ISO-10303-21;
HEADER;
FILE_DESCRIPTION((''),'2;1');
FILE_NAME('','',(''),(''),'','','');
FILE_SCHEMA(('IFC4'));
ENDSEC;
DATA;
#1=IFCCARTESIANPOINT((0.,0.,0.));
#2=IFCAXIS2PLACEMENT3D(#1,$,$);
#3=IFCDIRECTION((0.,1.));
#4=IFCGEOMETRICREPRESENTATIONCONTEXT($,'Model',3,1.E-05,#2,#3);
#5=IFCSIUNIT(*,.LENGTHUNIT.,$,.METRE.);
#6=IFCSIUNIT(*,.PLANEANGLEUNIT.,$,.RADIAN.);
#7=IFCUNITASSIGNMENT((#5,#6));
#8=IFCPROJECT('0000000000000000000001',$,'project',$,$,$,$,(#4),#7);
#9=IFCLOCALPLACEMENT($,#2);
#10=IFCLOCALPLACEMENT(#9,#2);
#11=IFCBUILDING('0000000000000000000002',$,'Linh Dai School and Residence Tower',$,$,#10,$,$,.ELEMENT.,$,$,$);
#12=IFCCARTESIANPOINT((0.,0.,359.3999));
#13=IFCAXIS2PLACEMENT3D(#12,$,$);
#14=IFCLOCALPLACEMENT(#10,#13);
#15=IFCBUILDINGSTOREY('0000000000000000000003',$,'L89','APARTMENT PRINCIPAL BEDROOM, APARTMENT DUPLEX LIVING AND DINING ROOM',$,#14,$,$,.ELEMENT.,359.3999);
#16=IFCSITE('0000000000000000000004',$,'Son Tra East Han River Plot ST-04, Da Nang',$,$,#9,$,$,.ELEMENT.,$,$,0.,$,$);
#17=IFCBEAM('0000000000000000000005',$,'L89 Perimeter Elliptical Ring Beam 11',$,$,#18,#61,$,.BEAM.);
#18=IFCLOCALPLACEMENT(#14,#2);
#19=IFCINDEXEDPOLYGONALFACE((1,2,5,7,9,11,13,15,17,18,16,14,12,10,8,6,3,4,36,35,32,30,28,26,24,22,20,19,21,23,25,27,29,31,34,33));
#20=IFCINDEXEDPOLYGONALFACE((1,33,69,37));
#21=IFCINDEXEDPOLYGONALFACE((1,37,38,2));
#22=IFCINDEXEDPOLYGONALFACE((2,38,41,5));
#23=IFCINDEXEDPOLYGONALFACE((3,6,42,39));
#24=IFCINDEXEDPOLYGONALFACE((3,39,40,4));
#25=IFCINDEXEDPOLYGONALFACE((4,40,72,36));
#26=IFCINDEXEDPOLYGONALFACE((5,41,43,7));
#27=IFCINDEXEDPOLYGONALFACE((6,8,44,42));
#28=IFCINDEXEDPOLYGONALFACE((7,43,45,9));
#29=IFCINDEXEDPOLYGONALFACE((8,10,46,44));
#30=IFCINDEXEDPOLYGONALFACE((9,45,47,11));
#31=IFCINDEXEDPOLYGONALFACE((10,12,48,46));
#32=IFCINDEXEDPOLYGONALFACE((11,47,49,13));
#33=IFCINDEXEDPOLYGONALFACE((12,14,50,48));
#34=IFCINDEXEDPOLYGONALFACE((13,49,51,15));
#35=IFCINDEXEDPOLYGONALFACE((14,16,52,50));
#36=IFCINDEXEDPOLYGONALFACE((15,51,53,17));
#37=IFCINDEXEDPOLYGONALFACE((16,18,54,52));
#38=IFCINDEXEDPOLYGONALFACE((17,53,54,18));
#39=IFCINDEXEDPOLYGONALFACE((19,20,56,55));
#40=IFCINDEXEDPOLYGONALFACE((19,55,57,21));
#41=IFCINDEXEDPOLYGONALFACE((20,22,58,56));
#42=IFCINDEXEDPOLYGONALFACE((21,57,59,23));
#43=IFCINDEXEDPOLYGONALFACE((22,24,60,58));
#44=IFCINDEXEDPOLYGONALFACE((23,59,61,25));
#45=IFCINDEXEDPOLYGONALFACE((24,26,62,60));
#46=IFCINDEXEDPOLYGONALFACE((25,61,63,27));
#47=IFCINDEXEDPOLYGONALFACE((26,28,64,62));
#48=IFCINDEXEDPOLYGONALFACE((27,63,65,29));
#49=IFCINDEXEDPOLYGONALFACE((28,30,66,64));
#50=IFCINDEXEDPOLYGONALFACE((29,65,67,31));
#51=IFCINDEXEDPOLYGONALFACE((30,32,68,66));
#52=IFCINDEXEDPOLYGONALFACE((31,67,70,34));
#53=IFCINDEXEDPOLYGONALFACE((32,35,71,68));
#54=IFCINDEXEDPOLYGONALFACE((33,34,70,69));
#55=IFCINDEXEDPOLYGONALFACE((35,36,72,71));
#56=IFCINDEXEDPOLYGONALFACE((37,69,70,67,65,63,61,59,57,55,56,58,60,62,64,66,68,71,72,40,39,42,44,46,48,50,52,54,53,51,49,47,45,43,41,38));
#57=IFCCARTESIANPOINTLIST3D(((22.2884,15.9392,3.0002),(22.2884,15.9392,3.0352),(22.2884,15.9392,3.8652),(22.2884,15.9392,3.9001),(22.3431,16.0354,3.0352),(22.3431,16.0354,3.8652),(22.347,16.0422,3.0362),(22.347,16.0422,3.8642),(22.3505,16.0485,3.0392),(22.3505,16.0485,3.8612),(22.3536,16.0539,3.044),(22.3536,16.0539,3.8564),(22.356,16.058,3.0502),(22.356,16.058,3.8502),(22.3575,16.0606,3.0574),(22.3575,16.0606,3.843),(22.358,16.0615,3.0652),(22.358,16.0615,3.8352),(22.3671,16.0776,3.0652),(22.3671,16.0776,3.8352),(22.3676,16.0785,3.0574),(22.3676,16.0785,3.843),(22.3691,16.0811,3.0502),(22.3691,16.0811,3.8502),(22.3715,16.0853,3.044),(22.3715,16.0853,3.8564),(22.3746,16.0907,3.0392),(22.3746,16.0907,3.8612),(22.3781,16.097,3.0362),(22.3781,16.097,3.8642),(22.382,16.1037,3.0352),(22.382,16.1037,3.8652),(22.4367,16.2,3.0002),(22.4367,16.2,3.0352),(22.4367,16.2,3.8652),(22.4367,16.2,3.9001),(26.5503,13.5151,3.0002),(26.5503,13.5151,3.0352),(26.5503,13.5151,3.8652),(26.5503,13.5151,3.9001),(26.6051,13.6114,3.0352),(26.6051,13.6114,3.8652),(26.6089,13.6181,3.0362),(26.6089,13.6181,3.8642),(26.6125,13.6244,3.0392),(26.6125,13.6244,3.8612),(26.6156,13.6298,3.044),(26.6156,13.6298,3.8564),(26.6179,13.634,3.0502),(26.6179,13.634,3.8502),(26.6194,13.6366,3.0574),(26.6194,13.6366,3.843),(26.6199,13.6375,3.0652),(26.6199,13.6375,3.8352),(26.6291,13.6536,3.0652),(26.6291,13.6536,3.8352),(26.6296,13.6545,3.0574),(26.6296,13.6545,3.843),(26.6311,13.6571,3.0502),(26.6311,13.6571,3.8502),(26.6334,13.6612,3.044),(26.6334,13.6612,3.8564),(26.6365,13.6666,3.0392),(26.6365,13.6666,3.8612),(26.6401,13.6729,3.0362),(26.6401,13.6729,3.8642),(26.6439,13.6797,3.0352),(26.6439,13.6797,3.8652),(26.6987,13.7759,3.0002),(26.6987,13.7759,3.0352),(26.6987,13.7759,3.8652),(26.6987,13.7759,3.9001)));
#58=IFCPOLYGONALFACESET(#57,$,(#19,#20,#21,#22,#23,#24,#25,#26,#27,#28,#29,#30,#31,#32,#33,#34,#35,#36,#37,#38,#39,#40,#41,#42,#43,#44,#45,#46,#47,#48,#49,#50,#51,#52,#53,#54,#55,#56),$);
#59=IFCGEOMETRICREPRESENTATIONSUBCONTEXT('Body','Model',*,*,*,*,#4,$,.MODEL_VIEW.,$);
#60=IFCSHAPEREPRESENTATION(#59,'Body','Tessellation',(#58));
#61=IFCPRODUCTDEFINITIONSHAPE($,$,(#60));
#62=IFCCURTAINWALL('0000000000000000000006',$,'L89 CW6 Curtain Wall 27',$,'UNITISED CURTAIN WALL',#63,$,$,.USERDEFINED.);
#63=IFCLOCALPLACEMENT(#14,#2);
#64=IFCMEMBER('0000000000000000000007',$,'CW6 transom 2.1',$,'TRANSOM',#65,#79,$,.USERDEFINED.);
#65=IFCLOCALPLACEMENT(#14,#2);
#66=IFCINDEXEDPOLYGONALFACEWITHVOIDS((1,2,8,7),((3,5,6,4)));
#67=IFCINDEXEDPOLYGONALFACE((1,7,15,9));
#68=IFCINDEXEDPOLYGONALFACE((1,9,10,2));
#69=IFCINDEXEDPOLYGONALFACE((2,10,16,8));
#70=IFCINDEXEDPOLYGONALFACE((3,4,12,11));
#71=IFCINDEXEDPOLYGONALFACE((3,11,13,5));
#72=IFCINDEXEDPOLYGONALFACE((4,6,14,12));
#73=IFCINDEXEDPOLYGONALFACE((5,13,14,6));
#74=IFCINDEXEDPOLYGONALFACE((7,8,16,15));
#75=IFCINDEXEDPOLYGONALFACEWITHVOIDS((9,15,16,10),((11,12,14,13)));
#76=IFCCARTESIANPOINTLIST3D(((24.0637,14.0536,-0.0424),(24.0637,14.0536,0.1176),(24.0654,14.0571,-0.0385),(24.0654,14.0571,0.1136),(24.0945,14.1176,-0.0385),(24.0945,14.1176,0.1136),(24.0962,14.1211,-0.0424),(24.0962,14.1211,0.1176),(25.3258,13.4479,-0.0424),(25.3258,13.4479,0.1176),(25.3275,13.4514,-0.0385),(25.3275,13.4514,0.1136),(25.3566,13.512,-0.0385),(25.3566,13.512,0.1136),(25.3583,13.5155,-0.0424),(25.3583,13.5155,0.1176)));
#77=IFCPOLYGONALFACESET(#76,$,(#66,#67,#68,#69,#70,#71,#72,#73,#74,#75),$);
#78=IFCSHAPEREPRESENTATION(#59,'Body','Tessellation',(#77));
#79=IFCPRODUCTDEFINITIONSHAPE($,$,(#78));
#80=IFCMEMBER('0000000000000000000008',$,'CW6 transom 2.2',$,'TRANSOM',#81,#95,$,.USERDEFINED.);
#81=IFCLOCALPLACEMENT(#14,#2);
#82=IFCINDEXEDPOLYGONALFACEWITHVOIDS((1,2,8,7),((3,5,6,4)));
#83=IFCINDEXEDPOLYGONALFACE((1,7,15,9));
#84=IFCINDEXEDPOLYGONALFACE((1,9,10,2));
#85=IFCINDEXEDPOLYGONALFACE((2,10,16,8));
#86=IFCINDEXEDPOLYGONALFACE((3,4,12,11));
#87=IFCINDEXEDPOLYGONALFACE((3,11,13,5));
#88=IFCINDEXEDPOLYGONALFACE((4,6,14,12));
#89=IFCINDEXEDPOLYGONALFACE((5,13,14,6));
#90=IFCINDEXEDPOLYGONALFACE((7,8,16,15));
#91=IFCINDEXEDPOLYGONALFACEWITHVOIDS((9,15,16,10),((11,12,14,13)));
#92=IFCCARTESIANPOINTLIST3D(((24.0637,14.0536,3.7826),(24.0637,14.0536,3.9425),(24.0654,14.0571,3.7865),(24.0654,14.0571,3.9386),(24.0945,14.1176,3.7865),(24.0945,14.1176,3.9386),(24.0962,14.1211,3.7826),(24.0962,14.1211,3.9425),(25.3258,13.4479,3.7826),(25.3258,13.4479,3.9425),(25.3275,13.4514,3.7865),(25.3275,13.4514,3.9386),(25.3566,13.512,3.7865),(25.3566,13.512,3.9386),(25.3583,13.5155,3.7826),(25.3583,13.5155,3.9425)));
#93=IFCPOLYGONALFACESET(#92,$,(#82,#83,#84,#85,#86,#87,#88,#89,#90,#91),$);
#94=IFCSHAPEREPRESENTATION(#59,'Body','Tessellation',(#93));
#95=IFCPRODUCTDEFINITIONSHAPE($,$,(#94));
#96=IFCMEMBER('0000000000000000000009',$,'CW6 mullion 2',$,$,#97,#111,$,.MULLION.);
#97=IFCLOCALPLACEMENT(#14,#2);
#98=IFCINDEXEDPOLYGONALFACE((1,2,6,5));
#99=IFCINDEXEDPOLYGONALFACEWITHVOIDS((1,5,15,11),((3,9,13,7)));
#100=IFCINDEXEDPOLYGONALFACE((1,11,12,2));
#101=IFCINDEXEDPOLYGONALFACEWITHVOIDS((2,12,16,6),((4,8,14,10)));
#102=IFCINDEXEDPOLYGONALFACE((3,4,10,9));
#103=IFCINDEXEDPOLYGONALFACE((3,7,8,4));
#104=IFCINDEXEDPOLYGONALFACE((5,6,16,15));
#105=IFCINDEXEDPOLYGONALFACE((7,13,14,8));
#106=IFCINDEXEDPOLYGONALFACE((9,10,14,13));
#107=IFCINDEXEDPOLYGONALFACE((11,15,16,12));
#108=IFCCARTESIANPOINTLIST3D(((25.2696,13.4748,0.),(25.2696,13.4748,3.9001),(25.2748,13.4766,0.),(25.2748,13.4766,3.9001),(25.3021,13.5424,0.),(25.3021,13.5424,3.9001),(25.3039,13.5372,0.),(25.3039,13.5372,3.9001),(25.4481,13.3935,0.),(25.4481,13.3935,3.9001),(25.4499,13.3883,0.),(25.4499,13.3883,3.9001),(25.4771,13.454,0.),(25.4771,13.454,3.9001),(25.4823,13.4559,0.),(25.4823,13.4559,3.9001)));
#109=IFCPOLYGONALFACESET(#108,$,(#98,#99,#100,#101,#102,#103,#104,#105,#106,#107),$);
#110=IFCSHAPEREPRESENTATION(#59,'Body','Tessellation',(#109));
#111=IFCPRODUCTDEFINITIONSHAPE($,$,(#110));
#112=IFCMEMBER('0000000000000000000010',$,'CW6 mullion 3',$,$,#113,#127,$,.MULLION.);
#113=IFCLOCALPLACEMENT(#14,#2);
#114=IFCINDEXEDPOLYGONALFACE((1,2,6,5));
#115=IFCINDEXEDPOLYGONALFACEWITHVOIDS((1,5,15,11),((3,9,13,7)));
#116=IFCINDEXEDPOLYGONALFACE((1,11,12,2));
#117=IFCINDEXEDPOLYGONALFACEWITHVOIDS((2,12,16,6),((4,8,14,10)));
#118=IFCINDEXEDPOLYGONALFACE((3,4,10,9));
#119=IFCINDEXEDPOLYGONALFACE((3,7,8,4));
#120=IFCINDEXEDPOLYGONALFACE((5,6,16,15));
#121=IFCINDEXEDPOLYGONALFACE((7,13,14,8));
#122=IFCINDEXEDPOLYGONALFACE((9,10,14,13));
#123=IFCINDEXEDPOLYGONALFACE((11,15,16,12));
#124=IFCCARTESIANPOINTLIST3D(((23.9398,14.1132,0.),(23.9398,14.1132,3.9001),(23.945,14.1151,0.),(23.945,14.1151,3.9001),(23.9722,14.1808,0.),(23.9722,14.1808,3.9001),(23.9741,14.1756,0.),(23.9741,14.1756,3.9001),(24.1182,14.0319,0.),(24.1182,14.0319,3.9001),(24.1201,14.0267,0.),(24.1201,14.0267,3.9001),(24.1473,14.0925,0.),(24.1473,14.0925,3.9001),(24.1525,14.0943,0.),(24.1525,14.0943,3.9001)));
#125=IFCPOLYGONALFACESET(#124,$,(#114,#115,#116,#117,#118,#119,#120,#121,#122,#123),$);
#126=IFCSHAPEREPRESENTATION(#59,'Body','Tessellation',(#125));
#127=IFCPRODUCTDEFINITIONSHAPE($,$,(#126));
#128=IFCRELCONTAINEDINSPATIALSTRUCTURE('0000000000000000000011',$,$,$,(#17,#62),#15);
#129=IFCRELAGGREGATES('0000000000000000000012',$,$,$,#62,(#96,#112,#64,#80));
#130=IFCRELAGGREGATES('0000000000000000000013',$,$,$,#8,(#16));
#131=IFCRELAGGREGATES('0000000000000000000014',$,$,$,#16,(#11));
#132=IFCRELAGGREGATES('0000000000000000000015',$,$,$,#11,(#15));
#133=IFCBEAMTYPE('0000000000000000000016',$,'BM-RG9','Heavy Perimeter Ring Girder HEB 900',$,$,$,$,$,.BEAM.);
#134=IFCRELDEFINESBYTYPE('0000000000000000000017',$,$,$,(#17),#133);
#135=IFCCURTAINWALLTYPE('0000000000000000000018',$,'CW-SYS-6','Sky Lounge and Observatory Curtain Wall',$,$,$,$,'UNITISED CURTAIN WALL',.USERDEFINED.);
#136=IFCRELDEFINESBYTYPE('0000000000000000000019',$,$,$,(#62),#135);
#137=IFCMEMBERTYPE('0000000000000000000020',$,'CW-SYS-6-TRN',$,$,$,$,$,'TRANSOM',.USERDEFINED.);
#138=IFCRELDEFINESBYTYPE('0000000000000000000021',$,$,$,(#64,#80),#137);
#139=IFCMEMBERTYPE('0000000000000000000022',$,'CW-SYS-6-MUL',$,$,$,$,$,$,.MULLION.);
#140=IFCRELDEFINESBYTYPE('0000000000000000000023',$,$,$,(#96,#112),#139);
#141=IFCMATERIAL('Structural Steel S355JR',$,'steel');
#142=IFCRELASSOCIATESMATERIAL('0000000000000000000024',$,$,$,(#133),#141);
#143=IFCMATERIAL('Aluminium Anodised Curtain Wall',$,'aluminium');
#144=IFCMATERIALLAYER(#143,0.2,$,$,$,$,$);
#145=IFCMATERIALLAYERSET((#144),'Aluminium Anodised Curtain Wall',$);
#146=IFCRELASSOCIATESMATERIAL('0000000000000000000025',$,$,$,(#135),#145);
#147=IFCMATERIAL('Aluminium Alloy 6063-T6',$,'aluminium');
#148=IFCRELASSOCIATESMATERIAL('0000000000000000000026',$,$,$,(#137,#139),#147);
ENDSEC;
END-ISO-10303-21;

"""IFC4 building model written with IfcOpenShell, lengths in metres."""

from ifc_helpers import new_model, si_unit, direction, frame, origin, origin_2d, place, context, subcontext, project, spatial, hollow_rectangle, i_section, extrude, source, transform, mapped, material, layer, layer_set, material_profile, profile_set, type_object, element, aggregate, save


model = new_model("IFC4")

# Units and contexts
model_context = context("Model", 3, precision=1e-05, world=origin(), true_north=direction((0.0, 1.0)))
body_context = subcontext(model_context, "Body", "Model", "MODEL_VIEW")
ifc_project = project(units=[si_unit("LENGTHUNIT", "METRE"), si_unit("PLANEANGLEUNIT", "RADIAN")], contexts=[model_context])

# Site, building, storey
site_placement = place(None, origin())
site = spatial("IfcSite", under=ifc_project, at=site_placement, Name="Son Tra East Han River Plot ST-04, Da Nang", CompositionType="ELEMENT", RefElevation=0.0)
building_placement = place(site_placement, origin())
building = spatial("IfcBuilding", under=site, at=building_placement, Name="Linh Dai School and Residence Tower", CompositionType="ELEMENT")
storey_placement = place(building_placement, frame((0.0, 0.0, 359.3999)))
storey = spatial("IfcBuildingStorey", under=building, at=storey_placement, Name="L89", Description="APARTMENT PRINCIPAL BEDROOM, APARTMENT DUPLEX LIVING AND DINING ROOM", CompositionType="ELEMENT", Elevation=359.3999)

# Beam
ifc_material_1 = material(Name="Structural Steel S355JR", Category="steel")
ifc_material_profile_1 = material_profile(ifc_material_1, i_section(OverallWidth=0.3, OverallDepth=0.8999, WebThickness=0.0186, FlangeThickness=0.0349, FilletRadius=0.03, at=origin_2d()), Name="HEB 900")
ifc_profile_set_1 = profile_set([ifc_material_profile_1], Name="Structural Steel S355JR")
beam_type = type_object("IfcBeamType", Name="BM-RG9", Description="Heavy Perimeter Ring Girder HEB 900", PredefinedType="BEAM", material=ifc_profile_set_1)
beam_placement = place(storey_placement, frame((22.3625, 16.0696, 3.4502), z_axis=(0.869237, -0.494395, 0.0), x_axis=(0.494395, 0.869237, 0.0)))
element("IfcBeam", 1, at=beam_placement, inside=storey, type_object=beam_type, Name="L89 Perimeter Elliptical Ring Beam 11", PredefinedType="BEAM", context=body_context, shape_type="SweptSolid", body=[
    extrude(i_section(OverallWidth=0.3, OverallDepth=0.8999, WebThickness=0.0186, FlangeThickness=0.0349, FilletRadius=0.03, at=origin_2d()), origin(), (0.0, 0.0, 1.0), 4.9031),
])

# Curtain wall, members
ifc_material_2 = material(Name="Aluminium Anodised Curtain Wall", Category="aluminium")
ifc_layer_1 = layer(ifc_material_2, 0.2)
ifc_layer_set_1 = layer_set([ifc_layer_1], Name="Aluminium Anodised Curtain Wall")
curtain_wall_type = type_object("IfcCurtainWallType", Name="CW-SYS-6", Description="Sky Lounge and Observatory Curtain Wall", ElementType="UNITISED CURTAIN WALL", PredefinedType="USERDEFINED", material=ifc_layer_set_1)
curtain_wall_placement = place(storey_placement, origin())
curtain_wall = element("IfcCurtainWall", 2, at=curtain_wall_placement, inside=storey, type_object=curtain_wall_type, Name="L89 CW6 Curtain Wall 27", ObjectType="UNITISED CURTAIN WALL", PredefinedType="USERDEFINED")
ifc_material_3 = material(Name="Aluminium Alloy 6063-T6", Category="aluminium")
ifc_material_profile_2 = material_profile(ifc_material_3, hollow_rectangle(XDim=0.075, YDim=0.1599, WallThickness=0.0039, at=origin_2d()), Name="RHS 160x75x4")
ifc_profile_set_2 = profile_set([ifc_material_profile_2], Name="Aluminium Alloy 6063-T6")
member_type_1 = type_object("IfcMemberType", Name="CW-SYS-6-TRN", ElementType="TRANSOM", PredefinedType="USERDEFINED", material=ifc_profile_set_2)
shared_shape_1 = source(origin(), body_context, "Body", "SweptSolid", [
    extrude(hollow_rectangle(XDim=0.075, YDim=0.1599, WallThickness=0.0039, at=origin_2d()), origin(), (0.0, 0.0, 1.0), 1.3999),
])
member_1_placement = place(storey_placement, frame((25.342, 13.4817, 0.0376), z_axis=(-0.901564, 0.432646, 0.0), x_axis=(-0.432646, -0.901564, 0.0)))
member_1 = element("IfcMember", 3, at=member_1_placement, type_object=member_type_1, Name="CW6 transom 2.1", ObjectType="TRANSOM", PredefinedType="USERDEFINED", context=body_context, shape_type="MappedRepresentation", body=[
    mapped(shared_shape_1, transform((0.0, 0.0, 0.0), x_axis=(1.0, 0.0, 0.0), y_axis=(0.0, 1.0, 0.0), z_axis=(0.0, 0.0, 1.0), scale=1.0)),
])
member_2_placement = place(storey_placement, frame((25.342, 13.4817, 3.8625), z_axis=(-0.901564, 0.432646, 0.0), x_axis=(-0.432646, -0.901564, 0.0)))
member_2 = element("IfcMember", 4, at=member_2_placement, type_object=member_type_1, Name="CW6 transom 2.2", ObjectType="TRANSOM", PredefinedType="USERDEFINED", context=body_context, shape_type="MappedRepresentation", body=[
    mapped(shared_shape_1, transform((0.0, 0.0, 0.0), x_axis=(1.0, 0.0, 0.0), y_axis=(0.0, 1.0, 0.0), z_axis=(0.0, 0.0, 1.0), scale=1.0)),
])
ifc_material_profile_3 = material_profile(ifc_material_3, hollow_rectangle(XDim=0.075, YDim=0.2, WallThickness=0.0039, at=origin_2d()), Name="RHS 200x75x4")
ifc_profile_set_3 = profile_set([ifc_material_profile_3], Name="Aluminium Alloy 6063-T6")
member_type_2 = type_object("IfcMemberType", Name="CW-SYS-6-MUL", PredefinedType="MULLION", material=ifc_profile_set_3)
shared_shape_2 = source(origin(), body_context, "Body", "SweptSolid", [
    extrude(hollow_rectangle(XDim=0.075, YDim=0.2, WallThickness=0.0039, at=origin_2d()), origin(), (0.0, 0.0, 1.0), 3.9001),
])
member_3_placement = place(storey_placement, frame((25.376, 13.4653, 0.0), z_axis=(0.0, 0.0, 1.0), x_axis=(-0.432674, -0.901551, 0.0)))
member_3 = element("IfcMember", 5, at=member_3_placement, type_object=member_type_2, Name="CW6 mullion 2", PredefinedType="MULLION", context=body_context, shape_type="MappedRepresentation", body=[
    mapped(shared_shape_2, transform((0.0, 0.0, 0.0), x_axis=(1.0, 0.0, 0.0), y_axis=(0.0, 1.0, 0.0), z_axis=(0.0, 0.0, 1.0), scale=1.0)),
])
member_4_placement = place(storey_placement, frame((24.0461, 14.1038, 0.0), z_axis=(0.0, 0.0, 1.0), x_axis=(-0.432674, -0.901551, 0.0)))
member_4 = element("IfcMember", 6, at=member_4_placement, type_object=member_type_2, Name="CW6 mullion 3", PredefinedType="MULLION", context=body_context, shape_type="MappedRepresentation", body=[
    mapped(shared_shape_2, transform((0.0, 0.0, 0.0), x_axis=(1.0, 0.0, 0.0), y_axis=(0.0, 1.0, 0.0), z_axis=(0.0, 0.0, 1.0), scale=1.0)),
])

aggregate(curtain_wall, [member_3, member_4, member_1, member_2])

save(model, "model.ifc")
